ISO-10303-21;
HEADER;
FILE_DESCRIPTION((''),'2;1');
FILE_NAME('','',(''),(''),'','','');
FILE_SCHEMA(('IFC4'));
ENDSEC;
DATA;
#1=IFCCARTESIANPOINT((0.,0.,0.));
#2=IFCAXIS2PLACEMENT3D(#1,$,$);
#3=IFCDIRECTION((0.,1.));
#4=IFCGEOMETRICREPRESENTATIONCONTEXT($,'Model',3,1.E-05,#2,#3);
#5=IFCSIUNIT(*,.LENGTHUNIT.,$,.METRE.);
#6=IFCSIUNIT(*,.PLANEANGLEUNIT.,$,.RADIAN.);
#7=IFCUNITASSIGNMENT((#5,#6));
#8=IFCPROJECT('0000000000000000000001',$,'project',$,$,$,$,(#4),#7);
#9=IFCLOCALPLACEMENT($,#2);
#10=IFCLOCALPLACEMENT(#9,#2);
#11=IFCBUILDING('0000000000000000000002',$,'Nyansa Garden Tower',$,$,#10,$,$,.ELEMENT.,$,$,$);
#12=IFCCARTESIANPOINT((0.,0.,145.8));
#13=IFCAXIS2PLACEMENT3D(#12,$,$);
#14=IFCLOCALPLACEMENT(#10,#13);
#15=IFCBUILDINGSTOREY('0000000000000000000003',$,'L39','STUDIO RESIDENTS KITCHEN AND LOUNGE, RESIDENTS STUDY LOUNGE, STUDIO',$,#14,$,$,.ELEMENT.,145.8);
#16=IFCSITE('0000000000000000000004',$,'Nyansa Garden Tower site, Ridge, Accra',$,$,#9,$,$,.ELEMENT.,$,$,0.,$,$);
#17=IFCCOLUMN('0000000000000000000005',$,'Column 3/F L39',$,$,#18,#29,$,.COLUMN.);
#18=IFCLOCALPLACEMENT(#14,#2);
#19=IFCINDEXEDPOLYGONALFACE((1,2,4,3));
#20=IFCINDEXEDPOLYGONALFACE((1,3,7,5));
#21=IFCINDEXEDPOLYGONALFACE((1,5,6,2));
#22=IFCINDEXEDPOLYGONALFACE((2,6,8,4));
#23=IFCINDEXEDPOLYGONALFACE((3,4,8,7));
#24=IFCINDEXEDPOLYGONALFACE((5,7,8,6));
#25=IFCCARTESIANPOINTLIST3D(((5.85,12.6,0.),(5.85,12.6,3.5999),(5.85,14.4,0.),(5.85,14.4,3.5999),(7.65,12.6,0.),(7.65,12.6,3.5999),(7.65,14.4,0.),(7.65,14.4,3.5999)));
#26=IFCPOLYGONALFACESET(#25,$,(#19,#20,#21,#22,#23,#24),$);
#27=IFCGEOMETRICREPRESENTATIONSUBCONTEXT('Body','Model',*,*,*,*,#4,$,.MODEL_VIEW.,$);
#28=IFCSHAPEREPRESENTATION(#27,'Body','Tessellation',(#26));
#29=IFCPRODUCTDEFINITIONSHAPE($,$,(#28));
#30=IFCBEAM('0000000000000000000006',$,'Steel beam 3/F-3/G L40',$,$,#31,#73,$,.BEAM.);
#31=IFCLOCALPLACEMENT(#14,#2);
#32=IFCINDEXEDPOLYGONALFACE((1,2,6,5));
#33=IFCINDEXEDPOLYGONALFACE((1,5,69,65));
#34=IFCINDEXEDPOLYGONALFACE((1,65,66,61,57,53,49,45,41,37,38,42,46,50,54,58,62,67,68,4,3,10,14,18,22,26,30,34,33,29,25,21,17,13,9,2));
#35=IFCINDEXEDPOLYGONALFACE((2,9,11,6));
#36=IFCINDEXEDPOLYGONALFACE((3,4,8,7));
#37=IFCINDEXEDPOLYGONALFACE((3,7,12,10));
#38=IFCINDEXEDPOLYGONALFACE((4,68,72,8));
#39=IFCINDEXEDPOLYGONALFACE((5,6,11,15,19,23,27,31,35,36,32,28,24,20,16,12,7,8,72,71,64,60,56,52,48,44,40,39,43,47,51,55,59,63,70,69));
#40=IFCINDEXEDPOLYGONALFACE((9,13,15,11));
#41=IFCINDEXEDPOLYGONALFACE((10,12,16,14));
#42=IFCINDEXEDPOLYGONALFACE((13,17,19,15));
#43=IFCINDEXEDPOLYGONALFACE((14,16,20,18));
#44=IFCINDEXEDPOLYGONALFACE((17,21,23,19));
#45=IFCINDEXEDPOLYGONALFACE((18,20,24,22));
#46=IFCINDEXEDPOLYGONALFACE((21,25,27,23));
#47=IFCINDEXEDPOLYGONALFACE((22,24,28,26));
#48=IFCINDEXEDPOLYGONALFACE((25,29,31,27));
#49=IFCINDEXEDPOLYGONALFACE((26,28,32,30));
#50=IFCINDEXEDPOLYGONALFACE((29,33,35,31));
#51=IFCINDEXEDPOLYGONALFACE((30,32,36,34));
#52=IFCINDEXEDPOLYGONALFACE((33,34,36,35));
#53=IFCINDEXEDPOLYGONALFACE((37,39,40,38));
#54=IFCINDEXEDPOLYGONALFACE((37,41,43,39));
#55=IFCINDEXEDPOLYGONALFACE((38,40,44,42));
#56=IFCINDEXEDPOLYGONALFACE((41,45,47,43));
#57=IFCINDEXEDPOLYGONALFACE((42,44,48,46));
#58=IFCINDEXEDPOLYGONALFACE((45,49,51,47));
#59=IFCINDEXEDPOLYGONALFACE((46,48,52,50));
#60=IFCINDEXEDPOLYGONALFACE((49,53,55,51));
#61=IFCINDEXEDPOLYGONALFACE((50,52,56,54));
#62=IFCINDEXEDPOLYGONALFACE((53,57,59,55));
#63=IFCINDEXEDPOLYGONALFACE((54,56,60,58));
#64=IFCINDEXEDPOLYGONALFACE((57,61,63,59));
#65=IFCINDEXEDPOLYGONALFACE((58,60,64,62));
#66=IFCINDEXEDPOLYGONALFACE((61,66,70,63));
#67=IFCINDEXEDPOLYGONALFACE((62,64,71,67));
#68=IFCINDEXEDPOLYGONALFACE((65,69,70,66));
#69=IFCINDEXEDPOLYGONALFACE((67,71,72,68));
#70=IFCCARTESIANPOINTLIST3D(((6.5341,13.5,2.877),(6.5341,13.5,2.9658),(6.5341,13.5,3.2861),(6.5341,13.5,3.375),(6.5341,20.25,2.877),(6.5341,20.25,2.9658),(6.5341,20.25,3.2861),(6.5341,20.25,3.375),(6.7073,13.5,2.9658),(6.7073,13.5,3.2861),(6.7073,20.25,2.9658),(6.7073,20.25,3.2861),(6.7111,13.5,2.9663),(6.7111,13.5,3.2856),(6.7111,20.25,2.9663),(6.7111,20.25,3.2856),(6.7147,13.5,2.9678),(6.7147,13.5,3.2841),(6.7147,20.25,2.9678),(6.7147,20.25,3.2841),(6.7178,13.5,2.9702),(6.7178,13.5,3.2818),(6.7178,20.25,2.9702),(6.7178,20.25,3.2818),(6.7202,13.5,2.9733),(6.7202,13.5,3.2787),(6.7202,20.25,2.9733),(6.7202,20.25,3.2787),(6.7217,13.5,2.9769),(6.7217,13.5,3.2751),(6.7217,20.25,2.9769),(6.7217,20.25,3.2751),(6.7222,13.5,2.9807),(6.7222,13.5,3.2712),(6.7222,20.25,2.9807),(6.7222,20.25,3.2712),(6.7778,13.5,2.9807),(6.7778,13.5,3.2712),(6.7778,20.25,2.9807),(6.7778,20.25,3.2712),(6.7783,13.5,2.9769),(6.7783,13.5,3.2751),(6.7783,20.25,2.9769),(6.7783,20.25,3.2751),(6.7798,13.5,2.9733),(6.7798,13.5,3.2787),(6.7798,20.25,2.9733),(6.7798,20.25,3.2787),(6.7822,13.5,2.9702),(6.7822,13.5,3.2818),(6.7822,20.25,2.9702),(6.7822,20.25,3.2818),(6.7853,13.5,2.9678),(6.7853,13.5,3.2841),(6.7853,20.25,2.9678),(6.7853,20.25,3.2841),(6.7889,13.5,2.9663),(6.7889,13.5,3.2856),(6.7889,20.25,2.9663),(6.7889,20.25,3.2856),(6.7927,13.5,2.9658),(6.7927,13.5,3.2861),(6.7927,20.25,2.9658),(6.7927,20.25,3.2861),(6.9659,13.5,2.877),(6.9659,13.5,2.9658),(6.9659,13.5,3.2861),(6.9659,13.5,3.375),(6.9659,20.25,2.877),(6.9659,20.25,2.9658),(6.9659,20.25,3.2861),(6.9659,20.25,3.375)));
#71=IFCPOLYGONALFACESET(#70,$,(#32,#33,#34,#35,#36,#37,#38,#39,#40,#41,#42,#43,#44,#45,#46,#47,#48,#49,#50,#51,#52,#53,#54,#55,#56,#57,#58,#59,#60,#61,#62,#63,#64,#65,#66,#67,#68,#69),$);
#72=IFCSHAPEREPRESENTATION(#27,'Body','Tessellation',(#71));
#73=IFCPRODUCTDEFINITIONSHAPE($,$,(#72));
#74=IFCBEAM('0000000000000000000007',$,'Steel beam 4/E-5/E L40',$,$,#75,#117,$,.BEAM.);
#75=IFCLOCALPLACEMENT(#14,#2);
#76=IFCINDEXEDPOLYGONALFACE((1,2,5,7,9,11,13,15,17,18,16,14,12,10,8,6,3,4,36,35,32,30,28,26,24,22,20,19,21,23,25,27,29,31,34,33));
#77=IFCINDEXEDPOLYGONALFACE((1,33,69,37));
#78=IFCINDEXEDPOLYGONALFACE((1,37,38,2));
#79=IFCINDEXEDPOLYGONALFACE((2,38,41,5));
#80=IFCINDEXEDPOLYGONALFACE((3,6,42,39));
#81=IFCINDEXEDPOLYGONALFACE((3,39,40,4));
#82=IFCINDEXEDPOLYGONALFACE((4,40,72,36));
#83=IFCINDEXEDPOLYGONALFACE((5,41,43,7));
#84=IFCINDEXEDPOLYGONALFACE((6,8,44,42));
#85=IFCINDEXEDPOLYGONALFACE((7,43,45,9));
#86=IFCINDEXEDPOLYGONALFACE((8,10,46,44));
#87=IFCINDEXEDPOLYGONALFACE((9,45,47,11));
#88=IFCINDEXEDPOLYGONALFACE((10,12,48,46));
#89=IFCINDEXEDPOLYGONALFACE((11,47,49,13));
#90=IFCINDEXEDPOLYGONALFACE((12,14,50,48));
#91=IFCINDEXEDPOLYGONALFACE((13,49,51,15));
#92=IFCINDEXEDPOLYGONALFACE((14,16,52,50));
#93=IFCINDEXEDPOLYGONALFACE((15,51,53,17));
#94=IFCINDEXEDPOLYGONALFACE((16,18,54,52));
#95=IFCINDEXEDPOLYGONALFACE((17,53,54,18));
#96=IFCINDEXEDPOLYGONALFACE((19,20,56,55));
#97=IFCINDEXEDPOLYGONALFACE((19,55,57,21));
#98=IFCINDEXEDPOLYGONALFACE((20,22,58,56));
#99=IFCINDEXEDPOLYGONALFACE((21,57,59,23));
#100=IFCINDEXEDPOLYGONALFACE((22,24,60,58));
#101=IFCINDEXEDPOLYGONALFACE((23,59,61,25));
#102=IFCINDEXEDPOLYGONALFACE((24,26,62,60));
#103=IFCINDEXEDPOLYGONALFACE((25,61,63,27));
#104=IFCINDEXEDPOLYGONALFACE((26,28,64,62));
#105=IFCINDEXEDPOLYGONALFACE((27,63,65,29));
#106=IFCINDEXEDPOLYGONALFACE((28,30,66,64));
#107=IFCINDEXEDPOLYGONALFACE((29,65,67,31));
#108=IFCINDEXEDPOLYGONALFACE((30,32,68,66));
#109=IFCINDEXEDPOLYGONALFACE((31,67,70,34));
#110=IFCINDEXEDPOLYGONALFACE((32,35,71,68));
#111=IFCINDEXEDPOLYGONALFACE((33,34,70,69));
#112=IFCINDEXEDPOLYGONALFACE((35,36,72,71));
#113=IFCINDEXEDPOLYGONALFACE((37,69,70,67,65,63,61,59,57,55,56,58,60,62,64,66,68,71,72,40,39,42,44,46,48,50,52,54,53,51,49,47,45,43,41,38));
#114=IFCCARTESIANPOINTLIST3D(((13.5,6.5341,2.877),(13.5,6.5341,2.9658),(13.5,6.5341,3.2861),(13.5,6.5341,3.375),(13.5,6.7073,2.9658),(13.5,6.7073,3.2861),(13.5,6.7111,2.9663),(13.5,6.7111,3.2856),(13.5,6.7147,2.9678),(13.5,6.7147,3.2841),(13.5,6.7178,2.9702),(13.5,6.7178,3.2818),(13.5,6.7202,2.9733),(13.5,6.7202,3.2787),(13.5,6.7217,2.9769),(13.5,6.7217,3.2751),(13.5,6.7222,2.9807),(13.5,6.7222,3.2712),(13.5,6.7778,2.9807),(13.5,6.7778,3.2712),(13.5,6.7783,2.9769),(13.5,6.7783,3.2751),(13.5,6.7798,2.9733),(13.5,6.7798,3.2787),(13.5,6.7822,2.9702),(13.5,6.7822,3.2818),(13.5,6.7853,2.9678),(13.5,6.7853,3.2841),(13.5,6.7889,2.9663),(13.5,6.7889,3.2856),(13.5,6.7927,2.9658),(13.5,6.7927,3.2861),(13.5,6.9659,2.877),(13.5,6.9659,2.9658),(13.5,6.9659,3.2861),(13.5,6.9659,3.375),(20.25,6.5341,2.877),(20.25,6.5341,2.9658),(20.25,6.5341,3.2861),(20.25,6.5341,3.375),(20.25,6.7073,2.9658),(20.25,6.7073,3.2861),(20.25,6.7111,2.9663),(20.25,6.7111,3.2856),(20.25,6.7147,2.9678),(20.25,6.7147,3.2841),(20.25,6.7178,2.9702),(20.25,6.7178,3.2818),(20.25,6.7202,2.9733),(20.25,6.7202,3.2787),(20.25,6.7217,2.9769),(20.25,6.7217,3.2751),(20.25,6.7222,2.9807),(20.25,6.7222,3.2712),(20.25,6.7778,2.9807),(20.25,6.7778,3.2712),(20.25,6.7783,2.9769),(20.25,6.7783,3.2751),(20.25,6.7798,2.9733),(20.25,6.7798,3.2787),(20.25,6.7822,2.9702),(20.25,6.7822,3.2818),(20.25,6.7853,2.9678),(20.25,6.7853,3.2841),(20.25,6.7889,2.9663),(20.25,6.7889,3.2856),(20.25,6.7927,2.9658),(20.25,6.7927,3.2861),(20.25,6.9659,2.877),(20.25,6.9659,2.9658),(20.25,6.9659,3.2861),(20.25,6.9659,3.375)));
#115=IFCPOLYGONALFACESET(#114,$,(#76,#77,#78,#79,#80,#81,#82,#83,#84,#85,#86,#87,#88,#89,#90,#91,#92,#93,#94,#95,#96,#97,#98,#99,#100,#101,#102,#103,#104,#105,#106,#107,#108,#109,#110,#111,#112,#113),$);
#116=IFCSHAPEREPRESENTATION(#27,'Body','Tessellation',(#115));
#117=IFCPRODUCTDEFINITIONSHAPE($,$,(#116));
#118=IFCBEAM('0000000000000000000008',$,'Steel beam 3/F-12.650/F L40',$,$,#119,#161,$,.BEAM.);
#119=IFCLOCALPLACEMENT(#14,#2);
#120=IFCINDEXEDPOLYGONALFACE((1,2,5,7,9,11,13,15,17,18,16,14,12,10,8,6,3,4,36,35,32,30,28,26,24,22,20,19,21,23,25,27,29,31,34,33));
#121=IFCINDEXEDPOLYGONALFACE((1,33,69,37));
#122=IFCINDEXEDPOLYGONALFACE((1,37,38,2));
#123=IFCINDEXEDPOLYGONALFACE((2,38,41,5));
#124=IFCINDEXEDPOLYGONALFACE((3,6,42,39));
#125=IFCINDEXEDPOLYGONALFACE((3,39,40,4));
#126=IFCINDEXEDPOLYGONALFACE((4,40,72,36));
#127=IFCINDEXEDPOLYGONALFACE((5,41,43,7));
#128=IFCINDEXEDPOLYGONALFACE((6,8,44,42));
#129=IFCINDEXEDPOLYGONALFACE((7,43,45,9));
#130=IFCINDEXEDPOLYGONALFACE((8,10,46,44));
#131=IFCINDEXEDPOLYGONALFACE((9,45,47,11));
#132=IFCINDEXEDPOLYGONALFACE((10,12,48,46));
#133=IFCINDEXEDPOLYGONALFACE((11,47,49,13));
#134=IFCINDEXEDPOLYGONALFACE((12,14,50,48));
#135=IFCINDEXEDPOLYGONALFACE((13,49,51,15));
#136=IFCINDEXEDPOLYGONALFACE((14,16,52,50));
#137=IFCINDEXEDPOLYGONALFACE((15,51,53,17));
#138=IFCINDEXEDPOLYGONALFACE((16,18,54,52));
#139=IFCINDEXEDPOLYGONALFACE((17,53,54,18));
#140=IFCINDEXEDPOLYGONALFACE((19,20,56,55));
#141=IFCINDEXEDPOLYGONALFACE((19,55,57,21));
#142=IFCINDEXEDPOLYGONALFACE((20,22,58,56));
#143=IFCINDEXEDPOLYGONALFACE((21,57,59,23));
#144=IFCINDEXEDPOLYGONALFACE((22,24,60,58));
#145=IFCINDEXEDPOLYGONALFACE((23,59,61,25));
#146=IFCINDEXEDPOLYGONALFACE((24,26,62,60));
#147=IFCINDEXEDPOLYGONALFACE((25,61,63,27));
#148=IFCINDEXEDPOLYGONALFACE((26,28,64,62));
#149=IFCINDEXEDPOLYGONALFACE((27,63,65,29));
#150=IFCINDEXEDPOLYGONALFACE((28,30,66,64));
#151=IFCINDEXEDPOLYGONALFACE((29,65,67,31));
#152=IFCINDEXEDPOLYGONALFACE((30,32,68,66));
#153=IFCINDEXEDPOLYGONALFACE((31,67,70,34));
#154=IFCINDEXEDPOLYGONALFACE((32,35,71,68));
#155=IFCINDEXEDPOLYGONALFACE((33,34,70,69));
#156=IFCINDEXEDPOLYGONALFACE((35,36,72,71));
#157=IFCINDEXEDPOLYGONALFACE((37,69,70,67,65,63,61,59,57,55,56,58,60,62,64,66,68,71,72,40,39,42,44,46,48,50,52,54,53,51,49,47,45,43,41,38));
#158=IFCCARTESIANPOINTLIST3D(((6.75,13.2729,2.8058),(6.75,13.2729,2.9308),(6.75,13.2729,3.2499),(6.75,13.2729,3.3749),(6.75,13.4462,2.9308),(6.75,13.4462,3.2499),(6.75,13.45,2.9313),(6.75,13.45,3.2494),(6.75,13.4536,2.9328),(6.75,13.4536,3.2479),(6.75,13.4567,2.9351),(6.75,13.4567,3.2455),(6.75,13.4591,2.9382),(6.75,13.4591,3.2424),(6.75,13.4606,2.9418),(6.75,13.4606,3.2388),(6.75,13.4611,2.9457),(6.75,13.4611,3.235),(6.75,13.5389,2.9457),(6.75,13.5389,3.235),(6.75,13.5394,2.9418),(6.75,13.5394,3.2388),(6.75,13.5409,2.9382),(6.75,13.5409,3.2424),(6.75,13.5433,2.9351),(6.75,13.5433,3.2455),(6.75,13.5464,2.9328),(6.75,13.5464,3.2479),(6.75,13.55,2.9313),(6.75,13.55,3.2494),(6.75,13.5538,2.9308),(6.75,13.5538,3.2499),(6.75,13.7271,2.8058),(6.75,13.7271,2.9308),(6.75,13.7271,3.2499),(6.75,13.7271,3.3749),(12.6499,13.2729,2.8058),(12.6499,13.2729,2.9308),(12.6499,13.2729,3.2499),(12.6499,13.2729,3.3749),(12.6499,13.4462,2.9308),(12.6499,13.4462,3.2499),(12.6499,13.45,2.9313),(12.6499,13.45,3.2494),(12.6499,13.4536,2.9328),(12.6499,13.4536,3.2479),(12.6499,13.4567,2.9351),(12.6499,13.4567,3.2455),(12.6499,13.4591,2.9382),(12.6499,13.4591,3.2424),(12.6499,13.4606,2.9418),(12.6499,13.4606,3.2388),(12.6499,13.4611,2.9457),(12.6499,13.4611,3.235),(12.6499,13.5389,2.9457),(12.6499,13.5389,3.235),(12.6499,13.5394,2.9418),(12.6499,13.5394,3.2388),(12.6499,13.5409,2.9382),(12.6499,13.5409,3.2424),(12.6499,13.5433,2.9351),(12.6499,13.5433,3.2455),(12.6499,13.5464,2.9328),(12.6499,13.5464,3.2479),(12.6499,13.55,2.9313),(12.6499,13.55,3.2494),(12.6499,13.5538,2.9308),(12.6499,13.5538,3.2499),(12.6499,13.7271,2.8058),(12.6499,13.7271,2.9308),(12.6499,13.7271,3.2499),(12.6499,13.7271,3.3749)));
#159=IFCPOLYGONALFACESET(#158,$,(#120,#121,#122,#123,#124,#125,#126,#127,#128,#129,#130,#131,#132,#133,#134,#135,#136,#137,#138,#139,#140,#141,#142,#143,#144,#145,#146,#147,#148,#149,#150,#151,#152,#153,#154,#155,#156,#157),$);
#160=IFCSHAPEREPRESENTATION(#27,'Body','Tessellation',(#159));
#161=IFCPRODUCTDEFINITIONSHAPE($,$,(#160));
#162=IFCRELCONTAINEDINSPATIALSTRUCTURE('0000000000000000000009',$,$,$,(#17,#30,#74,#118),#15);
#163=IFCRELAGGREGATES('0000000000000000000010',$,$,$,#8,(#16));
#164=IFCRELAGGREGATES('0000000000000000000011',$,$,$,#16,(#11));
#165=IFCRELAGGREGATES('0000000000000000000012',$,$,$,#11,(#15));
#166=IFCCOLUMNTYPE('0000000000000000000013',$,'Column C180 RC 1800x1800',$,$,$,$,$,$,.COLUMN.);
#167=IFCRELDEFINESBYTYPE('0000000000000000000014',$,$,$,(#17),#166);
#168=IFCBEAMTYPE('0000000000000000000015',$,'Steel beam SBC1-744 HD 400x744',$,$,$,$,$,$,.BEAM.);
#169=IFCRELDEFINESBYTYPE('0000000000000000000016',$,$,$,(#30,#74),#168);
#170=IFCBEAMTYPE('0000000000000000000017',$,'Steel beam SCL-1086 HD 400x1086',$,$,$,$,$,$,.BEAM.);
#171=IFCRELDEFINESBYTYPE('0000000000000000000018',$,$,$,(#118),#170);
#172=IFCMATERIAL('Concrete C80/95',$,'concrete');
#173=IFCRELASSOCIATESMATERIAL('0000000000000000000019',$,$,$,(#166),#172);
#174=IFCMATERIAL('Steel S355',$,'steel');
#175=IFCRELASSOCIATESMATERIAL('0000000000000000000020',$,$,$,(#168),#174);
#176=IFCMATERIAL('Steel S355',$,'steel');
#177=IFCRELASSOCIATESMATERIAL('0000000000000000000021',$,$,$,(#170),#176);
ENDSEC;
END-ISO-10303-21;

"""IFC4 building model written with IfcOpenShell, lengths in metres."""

from ifc_helpers import new_model, si_unit, direction, frame, origin, origin_2d, place, context, subcontext, project, spatial, rectangle, i_section, extrude, material, material_profile, profile_set, type_object, element, save


model = new_model("IFC4")

# Units and contexts
model_context = context("Model", 3, precision=1e-05, world=origin(), true_north=direction((0.0, 1.0)))
body_context = subcontext(model_context, "Body", "Model", "MODEL_VIEW")
ifc_project = project(units=[si_unit("LENGTHUNIT", "METRE"), si_unit("PLANEANGLEUNIT", "RADIAN")], contexts=[model_context])

# Site, building, storey
site_placement = place(None, origin())
site = spatial("IfcSite", under=ifc_project, at=site_placement, Name="Nyansa Garden Tower site, Ridge, Accra", CompositionType="ELEMENT", RefElevation=0.0)
building_placement = place(site_placement, origin())
building = spatial("IfcBuilding", under=site, at=building_placement, Name="Nyansa Garden Tower", CompositionType="ELEMENT")
storey_placement = place(building_placement, frame((0.0, 0.0, 145.8)))
storey = spatial("IfcBuildingStorey", under=building, at=storey_placement, Name="L39", Description="STUDIO RESIDENTS KITCHEN AND LOUNGE, RESIDENTS STUDY LOUNGE, STUDIO", CompositionType="ELEMENT", Elevation=145.8)

# Column
ifc_material_1 = material(Name="Concrete C80/95", Category="concrete")
ifc_material_profile_1 = material_profile(ifc_material_1, rectangle(XDim=1.8, YDim=1.8, at=origin_2d()), Name="RC 1800x1800")
ifc_profile_set_1 = profile_set([ifc_material_profile_1], Name="Concrete C80/95")
column_type = type_object("IfcColumnType", Name="Column C180 RC 1800x1800", PredefinedType="COLUMN", material=ifc_profile_set_1)
column_placement = place(storey_placement, frame((6.75, 13.5, 0.0), z_axis=(0.0, 0.0, 1.0), x_axis=(1.0, 0.0, 0.0)))
element("IfcColumn", 1, at=column_placement, inside=storey, type_object=column_type, Name="Column 3/F L39", PredefinedType="COLUMN", context=body_context, shape_type="SweptSolid", body=[
    extrude(rectangle(XDim=1.8, YDim=1.8, at=origin_2d()), origin(), (0.0, 0.0, 1.0), 3.5999),
])

# Beams
ifc_material_2 = material(Name="Steel S355", Category="steel")
ifc_material_profile_2 = material_profile(ifc_material_2, i_section(OverallWidth=0.4319, OverallDepth=0.498, WebThickness=0.0557, FlangeThickness=0.0889, FilletRadius=0.0149, at=origin_2d()), Name="HD 400x744")
ifc_profile_set_2 = profile_set([ifc_material_profile_2], Name="Steel S355")
beam_type_1 = type_object("IfcBeamType", Name="Steel beam SBC1-744 HD 400x744", PredefinedType="BEAM", material=ifc_profile_set_2)
for number, where, z_axis, x_axis, name in (
    (2, (6.75, 13.5, 3.126), (0.0, 1.0, 0.0), (-1.0, 0.0, 0.0), "Steel beam 3/F-3/G L40"),
    (3, (13.5, 6.75, 3.126), (1.0, 0.0, 0.0), (0.0, 1.0, 0.0), "Steel beam 4/E-5/E L40"),
):
    element("IfcBeam", number, at=place(storey_placement, frame(where, z_axis=z_axis, x_axis=x_axis)), inside=storey, type_object=beam_type_1, Name=name, PredefinedType="BEAM", context=body_context, shape_type="SweptSolid", body=[
        extrude(i_section(OverallWidth=0.4319, OverallDepth=0.498, WebThickness=0.0557, FlangeThickness=0.0889, FilletRadius=0.0149, at=origin_2d()), origin(), (0.0, 0.0, 1.0), 6.75),
    ])
ifc_material_3 = material(Name="Steel S355", Category="steel")
ifc_material_profile_3 = material_profile(ifc_material_3, i_section(OverallWidth=0.4541, OverallDepth=0.5691, WebThickness=0.0779, FlangeThickness=0.125, FilletRadius=0.0149, at=origin_2d()), Name="HD 400x1086")
ifc_profile_set_3 = profile_set([ifc_material_profile_3], Name="Steel S355")
beam_type_2 = type_object("IfcBeamType", Name="Steel beam SCL-1086 HD 400x1086", PredefinedType="BEAM", material=ifc_profile_set_3)
beam_1_placement = place(storey_placement, frame((6.75, 13.5, 3.0903), z_axis=(1.0, 0.0, 0.0), x_axis=(0.0, 1.0, 0.0)))
element("IfcBeam", 4, at=beam_1_placement, inside=storey, type_object=beam_type_2, Name="Steel beam 3/F-12.650/F L40", PredefinedType="BEAM", context=body_context, shape_type="SweptSolid", body=[
    extrude(i_section(OverallWidth=0.4541, OverallDepth=0.5691, WebThickness=0.0779, FlangeThickness=0.125, FilletRadius=0.0149, at=origin_2d()), origin(), (0.0, 0.0, 1.0), 5.8999),
])

save(model, "model.ifc")
